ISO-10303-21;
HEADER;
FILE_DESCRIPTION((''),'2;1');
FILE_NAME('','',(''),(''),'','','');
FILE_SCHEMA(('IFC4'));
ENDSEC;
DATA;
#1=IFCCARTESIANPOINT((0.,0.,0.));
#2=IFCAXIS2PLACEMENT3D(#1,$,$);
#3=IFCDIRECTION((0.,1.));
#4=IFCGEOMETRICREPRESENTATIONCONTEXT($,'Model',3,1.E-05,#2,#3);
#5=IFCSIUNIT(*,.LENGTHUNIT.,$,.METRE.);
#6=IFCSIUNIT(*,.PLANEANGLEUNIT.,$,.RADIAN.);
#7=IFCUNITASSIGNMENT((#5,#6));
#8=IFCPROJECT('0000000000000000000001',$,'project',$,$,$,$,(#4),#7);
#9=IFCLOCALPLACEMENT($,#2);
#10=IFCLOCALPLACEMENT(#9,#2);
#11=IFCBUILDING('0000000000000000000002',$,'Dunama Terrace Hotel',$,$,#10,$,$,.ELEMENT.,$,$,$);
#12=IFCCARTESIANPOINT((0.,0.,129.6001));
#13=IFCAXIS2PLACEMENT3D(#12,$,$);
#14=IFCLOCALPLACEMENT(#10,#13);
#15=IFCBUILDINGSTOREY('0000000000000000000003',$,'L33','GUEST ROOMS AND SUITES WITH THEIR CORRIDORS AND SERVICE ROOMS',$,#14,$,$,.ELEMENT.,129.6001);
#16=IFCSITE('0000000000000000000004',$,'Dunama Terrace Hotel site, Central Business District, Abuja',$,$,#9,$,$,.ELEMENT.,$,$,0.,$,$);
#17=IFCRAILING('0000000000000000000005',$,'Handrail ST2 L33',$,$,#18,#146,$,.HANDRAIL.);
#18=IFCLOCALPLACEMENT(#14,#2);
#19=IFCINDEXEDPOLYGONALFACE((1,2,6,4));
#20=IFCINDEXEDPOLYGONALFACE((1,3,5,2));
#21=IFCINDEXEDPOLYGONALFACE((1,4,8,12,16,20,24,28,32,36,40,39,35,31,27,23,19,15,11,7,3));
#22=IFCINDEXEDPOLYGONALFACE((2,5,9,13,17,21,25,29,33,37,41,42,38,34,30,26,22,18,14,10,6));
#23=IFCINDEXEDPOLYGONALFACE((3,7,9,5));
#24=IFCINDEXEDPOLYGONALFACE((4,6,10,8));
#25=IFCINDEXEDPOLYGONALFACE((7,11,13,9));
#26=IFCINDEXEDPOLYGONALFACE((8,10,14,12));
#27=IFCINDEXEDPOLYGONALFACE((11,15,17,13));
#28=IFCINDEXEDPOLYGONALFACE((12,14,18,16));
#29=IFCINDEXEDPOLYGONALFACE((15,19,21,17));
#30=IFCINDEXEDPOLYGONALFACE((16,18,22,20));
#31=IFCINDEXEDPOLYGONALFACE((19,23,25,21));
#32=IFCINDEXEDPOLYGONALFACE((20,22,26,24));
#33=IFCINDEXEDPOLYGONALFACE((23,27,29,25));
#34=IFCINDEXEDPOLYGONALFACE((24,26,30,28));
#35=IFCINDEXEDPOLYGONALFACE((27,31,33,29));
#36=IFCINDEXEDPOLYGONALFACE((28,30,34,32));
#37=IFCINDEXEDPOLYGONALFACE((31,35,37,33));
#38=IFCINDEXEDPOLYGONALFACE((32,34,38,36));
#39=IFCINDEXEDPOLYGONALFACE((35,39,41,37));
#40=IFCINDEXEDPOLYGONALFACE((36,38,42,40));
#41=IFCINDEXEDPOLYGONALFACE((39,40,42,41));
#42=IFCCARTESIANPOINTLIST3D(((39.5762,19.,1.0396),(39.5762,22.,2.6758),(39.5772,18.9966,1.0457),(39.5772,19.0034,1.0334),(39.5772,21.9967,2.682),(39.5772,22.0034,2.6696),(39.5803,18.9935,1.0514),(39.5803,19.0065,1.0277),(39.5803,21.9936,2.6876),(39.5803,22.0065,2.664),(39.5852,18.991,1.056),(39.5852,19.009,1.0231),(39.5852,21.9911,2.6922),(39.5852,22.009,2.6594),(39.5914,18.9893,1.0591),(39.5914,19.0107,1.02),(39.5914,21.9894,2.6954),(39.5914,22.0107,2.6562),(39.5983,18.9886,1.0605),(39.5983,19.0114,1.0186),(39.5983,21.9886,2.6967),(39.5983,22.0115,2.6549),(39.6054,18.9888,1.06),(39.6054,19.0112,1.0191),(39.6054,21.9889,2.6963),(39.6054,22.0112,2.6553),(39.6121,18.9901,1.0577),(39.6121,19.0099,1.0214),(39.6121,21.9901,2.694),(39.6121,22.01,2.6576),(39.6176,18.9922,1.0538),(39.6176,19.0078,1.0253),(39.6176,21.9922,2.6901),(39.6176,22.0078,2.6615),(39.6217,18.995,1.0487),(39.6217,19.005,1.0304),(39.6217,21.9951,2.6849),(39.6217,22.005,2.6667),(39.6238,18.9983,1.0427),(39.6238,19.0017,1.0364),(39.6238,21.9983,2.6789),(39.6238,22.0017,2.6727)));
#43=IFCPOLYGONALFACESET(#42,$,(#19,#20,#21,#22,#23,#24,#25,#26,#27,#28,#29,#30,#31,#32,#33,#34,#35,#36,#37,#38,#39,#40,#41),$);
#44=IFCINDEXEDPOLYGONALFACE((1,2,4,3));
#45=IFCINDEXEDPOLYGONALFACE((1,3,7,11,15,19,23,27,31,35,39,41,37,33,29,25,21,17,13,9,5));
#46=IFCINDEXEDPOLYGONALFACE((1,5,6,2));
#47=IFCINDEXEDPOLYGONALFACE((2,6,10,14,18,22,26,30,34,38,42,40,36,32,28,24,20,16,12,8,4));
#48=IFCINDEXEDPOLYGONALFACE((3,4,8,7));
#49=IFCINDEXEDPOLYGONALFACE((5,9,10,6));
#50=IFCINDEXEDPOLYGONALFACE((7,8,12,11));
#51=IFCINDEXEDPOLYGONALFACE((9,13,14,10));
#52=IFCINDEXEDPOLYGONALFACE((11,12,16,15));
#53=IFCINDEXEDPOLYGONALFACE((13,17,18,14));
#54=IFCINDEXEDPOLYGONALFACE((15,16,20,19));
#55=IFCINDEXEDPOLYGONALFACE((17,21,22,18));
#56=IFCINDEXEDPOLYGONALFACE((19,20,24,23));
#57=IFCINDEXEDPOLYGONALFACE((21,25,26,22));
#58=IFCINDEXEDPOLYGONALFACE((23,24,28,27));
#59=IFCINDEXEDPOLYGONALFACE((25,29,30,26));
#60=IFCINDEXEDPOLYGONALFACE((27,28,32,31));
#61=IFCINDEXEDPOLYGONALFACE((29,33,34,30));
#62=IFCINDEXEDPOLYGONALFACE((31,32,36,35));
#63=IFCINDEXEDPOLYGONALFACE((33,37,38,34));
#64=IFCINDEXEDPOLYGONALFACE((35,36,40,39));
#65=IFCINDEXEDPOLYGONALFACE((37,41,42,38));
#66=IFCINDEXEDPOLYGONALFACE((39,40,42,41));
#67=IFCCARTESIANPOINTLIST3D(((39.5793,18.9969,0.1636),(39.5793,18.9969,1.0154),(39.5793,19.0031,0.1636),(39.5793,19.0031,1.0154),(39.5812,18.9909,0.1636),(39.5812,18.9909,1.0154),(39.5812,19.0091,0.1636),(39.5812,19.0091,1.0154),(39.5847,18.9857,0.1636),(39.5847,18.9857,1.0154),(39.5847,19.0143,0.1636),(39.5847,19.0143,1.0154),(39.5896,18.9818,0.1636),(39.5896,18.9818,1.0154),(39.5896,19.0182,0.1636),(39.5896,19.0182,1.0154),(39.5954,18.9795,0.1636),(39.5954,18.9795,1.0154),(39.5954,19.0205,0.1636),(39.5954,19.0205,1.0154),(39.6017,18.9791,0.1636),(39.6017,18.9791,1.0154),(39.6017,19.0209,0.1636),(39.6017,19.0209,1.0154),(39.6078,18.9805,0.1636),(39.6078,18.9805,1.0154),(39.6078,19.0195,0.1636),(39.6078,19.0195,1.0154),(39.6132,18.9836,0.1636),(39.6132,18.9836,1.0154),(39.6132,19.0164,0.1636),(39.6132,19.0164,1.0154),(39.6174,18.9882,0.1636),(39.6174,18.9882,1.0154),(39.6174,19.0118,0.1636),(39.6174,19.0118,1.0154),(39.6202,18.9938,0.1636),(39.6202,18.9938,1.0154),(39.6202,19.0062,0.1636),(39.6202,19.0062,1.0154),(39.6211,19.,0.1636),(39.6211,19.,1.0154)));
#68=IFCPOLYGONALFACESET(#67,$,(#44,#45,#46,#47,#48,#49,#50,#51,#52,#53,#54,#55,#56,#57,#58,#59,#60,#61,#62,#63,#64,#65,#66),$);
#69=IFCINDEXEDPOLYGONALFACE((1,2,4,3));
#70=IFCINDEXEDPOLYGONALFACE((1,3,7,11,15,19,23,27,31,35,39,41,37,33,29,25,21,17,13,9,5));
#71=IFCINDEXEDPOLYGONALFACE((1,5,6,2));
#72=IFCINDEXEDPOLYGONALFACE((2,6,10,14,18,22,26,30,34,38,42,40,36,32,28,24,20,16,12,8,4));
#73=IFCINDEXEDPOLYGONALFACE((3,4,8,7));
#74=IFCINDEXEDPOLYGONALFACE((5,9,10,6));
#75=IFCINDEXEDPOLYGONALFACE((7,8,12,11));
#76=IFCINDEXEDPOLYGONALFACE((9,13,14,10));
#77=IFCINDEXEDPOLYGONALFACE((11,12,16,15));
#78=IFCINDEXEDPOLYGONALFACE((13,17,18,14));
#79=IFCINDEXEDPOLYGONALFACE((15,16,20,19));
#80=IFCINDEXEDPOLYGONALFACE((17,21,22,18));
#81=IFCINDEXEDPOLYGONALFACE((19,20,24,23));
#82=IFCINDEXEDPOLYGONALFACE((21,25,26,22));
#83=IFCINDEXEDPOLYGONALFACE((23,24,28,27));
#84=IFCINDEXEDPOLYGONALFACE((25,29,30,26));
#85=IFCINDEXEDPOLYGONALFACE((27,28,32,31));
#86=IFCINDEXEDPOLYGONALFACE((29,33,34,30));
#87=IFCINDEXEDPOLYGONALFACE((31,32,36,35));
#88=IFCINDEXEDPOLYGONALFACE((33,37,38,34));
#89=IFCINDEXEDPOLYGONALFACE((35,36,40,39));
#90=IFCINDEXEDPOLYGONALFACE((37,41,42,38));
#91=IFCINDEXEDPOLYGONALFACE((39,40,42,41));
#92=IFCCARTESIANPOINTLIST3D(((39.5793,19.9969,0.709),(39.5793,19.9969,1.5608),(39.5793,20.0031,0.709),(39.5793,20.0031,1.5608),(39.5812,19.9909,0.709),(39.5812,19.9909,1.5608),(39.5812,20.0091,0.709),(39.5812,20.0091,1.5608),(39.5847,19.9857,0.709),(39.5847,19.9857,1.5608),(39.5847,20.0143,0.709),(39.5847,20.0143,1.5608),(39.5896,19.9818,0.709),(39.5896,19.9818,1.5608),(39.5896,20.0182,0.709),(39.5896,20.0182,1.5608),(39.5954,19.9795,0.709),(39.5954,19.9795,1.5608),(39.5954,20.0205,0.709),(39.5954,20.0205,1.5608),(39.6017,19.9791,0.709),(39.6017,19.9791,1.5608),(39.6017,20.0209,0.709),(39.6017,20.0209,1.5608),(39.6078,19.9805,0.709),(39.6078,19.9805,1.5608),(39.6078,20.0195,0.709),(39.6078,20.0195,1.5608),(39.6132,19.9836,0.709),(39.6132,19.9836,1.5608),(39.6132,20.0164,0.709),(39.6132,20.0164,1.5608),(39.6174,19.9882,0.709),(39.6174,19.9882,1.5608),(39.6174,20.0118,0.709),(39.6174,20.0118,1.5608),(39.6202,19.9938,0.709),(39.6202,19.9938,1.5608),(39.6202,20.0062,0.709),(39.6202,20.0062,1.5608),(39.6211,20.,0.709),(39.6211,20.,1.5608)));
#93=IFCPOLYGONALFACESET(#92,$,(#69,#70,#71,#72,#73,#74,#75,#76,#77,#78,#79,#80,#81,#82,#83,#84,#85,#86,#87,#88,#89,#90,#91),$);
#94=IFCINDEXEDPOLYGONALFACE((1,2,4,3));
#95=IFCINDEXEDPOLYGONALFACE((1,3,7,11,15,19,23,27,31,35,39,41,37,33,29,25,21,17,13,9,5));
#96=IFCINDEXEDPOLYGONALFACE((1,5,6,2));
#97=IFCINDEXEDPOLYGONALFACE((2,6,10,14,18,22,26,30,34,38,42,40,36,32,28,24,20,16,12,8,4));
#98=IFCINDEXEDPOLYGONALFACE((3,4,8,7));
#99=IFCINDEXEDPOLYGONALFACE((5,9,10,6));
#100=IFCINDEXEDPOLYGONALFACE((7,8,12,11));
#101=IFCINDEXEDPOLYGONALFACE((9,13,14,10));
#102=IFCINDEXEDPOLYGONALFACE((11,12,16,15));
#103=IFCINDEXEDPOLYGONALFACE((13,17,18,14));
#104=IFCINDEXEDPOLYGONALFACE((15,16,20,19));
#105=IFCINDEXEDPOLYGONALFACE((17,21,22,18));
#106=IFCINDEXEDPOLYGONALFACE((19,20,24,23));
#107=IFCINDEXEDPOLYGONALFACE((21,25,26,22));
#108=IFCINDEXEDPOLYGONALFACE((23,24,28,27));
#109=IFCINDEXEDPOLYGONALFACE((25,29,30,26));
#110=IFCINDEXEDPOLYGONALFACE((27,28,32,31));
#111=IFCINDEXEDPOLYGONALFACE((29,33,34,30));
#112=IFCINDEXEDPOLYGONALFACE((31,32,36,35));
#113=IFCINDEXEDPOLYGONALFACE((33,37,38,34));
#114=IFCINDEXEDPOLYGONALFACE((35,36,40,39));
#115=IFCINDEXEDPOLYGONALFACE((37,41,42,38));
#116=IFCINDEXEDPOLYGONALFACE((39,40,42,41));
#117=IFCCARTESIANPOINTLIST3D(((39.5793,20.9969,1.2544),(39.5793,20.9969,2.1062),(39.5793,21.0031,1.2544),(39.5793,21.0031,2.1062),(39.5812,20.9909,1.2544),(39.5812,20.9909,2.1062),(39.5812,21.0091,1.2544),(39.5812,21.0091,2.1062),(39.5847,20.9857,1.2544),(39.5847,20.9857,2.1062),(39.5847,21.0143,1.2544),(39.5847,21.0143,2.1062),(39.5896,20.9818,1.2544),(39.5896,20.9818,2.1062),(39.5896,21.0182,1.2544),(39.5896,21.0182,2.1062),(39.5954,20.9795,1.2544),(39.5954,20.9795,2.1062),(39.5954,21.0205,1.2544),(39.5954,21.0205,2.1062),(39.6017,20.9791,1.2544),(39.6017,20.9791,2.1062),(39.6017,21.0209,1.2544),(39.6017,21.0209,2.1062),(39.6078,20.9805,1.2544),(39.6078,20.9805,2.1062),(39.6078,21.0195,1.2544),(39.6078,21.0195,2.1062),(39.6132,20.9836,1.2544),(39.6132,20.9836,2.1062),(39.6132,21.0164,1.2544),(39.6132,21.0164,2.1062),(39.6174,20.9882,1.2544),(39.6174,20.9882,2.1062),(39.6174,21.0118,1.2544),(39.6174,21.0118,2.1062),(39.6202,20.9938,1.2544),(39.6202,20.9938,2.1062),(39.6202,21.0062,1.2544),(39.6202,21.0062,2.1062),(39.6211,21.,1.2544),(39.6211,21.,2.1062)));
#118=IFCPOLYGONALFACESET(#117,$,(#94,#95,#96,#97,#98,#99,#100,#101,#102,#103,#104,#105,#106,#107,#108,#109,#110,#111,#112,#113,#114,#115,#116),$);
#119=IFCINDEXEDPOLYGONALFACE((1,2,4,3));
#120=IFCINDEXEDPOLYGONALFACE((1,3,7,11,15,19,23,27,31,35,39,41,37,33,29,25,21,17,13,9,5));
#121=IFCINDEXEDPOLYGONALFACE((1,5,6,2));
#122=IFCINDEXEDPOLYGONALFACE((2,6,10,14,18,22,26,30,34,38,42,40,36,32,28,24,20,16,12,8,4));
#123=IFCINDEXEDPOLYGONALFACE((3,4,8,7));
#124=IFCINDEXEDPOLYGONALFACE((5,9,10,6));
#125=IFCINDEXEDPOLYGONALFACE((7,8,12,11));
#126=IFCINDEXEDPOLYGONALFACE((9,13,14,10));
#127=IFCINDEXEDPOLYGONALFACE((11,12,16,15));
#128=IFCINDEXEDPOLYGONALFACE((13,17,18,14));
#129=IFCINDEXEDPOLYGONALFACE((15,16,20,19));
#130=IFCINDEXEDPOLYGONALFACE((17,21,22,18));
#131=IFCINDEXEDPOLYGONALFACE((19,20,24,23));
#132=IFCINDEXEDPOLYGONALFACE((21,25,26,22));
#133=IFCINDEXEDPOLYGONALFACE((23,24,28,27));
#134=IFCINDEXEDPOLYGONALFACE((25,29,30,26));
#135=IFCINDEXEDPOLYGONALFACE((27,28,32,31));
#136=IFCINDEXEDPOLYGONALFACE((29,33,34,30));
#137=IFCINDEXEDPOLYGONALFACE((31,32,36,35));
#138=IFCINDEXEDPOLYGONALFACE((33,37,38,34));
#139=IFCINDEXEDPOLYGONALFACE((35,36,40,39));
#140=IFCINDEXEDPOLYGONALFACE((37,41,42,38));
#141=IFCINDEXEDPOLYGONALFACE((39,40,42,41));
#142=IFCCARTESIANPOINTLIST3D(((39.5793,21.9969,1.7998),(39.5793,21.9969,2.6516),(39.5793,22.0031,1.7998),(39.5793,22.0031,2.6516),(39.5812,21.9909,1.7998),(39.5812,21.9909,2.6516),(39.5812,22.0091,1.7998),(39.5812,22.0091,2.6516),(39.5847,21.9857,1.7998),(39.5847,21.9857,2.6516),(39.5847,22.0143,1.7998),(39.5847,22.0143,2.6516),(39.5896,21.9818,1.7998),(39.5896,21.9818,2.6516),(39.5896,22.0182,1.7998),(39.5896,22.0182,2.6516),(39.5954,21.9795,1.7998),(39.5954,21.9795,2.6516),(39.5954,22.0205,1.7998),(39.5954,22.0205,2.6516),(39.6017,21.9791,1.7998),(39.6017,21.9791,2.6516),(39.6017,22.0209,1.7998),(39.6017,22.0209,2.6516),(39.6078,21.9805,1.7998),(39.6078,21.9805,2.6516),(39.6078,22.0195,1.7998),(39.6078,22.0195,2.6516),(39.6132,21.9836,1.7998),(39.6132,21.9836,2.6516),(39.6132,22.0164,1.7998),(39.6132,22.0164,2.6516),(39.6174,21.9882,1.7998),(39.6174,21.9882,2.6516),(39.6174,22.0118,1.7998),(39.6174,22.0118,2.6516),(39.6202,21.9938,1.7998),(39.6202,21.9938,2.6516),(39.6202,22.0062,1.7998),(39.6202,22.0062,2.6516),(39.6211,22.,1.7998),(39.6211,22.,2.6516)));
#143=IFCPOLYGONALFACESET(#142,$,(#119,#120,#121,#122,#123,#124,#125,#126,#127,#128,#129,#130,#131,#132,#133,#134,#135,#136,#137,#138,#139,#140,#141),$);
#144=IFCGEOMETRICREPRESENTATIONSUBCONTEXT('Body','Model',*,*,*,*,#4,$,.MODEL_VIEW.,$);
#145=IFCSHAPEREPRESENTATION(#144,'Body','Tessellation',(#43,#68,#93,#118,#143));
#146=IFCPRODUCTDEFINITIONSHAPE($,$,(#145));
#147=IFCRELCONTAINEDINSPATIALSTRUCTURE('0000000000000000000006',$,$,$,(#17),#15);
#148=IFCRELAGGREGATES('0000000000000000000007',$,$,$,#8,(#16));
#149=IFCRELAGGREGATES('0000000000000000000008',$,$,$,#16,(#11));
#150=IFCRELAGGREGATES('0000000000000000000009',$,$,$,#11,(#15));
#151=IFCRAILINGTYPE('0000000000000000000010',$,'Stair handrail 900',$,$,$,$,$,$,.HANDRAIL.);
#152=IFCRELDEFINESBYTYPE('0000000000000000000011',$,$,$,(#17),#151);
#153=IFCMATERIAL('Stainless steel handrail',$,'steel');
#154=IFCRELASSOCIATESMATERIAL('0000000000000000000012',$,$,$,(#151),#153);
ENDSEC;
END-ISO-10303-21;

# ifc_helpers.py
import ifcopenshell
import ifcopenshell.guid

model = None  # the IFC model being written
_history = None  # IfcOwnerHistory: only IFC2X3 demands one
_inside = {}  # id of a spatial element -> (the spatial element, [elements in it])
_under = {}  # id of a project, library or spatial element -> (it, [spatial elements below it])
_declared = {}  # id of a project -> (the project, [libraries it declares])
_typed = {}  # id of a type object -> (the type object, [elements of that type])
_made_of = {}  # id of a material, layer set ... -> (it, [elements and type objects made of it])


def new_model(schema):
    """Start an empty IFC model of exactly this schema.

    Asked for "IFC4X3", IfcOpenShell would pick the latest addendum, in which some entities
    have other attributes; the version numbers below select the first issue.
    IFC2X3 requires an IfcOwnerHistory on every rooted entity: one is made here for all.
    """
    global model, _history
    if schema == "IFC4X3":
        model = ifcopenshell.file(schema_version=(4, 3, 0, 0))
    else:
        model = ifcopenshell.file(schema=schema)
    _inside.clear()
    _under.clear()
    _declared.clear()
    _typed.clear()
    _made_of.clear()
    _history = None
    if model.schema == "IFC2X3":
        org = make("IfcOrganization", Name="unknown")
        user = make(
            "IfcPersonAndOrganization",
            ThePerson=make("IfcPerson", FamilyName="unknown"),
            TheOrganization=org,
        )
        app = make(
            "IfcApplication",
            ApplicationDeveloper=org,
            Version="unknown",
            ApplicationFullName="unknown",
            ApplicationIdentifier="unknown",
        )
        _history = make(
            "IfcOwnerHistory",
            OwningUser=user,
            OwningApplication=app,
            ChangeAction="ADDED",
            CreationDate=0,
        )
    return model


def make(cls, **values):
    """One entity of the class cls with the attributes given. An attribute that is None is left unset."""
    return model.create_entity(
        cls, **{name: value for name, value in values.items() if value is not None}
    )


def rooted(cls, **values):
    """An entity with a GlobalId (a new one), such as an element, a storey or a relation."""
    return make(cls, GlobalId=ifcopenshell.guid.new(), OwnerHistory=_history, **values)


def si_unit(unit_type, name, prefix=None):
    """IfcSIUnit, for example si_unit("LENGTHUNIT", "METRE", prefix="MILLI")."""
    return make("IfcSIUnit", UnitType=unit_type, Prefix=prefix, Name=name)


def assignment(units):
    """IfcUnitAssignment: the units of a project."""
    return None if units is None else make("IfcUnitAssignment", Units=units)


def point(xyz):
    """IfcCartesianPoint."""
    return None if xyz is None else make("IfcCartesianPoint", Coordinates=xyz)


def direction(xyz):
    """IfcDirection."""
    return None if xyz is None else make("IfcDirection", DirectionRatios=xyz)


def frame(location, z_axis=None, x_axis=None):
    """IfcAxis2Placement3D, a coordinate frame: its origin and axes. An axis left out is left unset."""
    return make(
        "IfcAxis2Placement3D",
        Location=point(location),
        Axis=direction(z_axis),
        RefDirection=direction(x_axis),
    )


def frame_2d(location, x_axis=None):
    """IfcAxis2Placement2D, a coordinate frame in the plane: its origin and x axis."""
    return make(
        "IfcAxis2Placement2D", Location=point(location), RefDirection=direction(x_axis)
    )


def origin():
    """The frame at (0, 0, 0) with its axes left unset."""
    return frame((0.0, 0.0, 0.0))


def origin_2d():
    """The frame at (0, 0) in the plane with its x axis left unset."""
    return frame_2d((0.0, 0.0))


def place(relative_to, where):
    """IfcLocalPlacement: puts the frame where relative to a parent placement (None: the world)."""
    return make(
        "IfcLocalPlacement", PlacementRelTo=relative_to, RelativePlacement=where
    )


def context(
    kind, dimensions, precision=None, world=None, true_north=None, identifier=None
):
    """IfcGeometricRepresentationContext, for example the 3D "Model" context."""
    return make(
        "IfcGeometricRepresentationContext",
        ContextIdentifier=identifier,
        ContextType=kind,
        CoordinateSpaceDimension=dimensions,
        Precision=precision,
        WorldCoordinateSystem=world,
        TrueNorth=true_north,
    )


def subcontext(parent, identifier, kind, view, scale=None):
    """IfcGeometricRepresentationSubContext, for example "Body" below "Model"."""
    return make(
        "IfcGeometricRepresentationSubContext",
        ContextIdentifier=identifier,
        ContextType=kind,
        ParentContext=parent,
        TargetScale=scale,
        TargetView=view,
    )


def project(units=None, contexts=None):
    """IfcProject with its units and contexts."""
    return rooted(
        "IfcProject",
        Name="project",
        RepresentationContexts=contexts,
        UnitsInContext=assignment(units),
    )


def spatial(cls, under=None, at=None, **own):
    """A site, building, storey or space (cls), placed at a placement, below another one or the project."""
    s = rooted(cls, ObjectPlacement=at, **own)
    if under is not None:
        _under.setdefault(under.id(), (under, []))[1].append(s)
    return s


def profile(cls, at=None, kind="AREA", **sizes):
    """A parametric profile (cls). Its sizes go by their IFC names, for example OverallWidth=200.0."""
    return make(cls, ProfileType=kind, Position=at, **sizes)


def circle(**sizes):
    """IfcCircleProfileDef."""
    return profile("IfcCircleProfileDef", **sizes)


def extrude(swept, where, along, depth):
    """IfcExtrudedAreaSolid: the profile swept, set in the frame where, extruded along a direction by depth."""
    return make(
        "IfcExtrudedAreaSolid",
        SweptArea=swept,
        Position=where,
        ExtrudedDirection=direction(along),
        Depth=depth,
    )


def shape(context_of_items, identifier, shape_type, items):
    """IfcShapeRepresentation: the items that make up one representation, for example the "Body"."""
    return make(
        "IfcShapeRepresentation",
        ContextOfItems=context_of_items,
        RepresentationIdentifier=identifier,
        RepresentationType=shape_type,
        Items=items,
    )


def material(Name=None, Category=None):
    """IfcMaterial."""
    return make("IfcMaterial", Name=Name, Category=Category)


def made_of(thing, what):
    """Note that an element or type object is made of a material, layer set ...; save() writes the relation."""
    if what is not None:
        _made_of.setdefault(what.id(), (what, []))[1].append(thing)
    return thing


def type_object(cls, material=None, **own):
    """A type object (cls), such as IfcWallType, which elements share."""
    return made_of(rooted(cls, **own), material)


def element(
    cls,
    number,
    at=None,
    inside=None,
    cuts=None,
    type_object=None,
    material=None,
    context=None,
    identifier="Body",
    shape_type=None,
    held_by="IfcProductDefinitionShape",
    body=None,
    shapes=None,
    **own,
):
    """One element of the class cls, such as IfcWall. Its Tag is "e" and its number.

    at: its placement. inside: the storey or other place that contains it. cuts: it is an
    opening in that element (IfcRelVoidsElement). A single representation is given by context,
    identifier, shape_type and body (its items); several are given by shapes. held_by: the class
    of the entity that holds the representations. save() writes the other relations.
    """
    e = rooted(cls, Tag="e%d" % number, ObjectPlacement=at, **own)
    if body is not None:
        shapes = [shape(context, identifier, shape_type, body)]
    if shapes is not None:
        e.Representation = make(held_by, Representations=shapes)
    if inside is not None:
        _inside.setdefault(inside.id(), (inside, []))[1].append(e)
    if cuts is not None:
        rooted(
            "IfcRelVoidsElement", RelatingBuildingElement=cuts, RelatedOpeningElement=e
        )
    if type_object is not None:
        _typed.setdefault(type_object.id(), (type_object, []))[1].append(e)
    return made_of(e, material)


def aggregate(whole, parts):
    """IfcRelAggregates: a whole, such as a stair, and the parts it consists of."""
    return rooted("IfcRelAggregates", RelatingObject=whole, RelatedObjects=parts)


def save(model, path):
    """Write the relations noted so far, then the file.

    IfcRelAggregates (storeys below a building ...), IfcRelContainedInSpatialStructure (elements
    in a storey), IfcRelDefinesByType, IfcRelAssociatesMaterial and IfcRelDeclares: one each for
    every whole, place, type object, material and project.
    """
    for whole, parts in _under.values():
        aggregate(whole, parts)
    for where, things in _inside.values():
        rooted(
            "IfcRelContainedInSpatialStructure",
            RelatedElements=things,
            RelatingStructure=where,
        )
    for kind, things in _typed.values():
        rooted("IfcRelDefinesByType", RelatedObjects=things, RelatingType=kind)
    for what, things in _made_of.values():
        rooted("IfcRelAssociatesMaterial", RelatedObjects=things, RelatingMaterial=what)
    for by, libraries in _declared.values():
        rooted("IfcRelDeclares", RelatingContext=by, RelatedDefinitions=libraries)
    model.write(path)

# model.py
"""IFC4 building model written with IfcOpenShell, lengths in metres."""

from ifc_helpers import new_model, si_unit, direction, frame, origin, origin_2d, place, context, subcontext, project, spatial, circle, extrude, material, type_object, element, save


model = new_model("IFC4")

# Units and contexts
model_context = context("Model", 3, precision=1e-05, world=origin(), true_north=direction((0.0, 1.0)))
body_context = subcontext(model_context, "Body", "Model", "MODEL_VIEW")
ifc_project = project(units=[si_unit("LENGTHUNIT", "METRE"), si_unit("PLANEANGLEUNIT", "RADIAN")], contexts=[model_context])

# Site, building, storey
site_placement = place(None, origin())
site = spatial("IfcSite", under=ifc_project, at=site_placement, Name="Dunama Terrace Hotel site, Central Business District, Abuja", CompositionType="ELEMENT", RefElevation=0.0)
building_placement = place(site_placement, origin())
building = spatial("IfcBuilding", under=site, at=building_placement, Name="Dunama Terrace Hotel", CompositionType="ELEMENT")
storey_placement = place(building_placement, frame((0.0, 0.0, 129.6001)))
storey = spatial("IfcBuildingStorey", under=building, at=storey_placement, Name="L33", Description="GUEST ROOMS AND SUITES WITH THEIR CORRIDORS AND SERVICE ROOMS", CompositionType="ELEMENT", Elevation=129.6001)

# Railing
ifc_material_1 = material(Name="Stainless steel handrail", Category="steel")
railing_type = type_object("IfcRailingType", Name="Stair handrail 900", PredefinedType="HANDRAIL", material=ifc_material_1)
railing_1_placement = place(storey_placement, frame((39.6001, 19.0, 0.1636)))
element("IfcRailing", 1, at=railing_1_placement, inside=storey, type_object=railing_type, Name="Handrail ST2 L33", PredefinedType="HANDRAIL", context=body_context, shape_type="SweptSolid", body=[
    extrude(circle(Radius=0.0239, at=origin_2d()), frame((0.0, 0.0, 0.876), z_axis=(0.0, 0.877912, 0.478822), x_axis=(-1.0, 0.0, 0.0)), (0.0, 0.0, 1.0), 3.4172),
    extrude(circle(Radius=0.021, at=origin_2d()), origin(), (0.0, 0.0, 1.0), 0.8518),
    extrude(circle(Radius=0.021, at=origin_2d()), frame((0.0, 1.0, 0.5454)), (0.0, 0.0, 1.0), 0.8518),
    extrude(circle(Radius=0.021, at=origin_2d()), frame((0.0, 2.0, 1.0908)), (0.0, 0.0, 1.0), 0.8518),
    extrude(circle(Radius=0.021, at=origin_2d()), frame((0.0, 3.0, 1.6362)), (0.0, 0.0, 1.0), 0.8518),
])

save(model, "model.ifc")
